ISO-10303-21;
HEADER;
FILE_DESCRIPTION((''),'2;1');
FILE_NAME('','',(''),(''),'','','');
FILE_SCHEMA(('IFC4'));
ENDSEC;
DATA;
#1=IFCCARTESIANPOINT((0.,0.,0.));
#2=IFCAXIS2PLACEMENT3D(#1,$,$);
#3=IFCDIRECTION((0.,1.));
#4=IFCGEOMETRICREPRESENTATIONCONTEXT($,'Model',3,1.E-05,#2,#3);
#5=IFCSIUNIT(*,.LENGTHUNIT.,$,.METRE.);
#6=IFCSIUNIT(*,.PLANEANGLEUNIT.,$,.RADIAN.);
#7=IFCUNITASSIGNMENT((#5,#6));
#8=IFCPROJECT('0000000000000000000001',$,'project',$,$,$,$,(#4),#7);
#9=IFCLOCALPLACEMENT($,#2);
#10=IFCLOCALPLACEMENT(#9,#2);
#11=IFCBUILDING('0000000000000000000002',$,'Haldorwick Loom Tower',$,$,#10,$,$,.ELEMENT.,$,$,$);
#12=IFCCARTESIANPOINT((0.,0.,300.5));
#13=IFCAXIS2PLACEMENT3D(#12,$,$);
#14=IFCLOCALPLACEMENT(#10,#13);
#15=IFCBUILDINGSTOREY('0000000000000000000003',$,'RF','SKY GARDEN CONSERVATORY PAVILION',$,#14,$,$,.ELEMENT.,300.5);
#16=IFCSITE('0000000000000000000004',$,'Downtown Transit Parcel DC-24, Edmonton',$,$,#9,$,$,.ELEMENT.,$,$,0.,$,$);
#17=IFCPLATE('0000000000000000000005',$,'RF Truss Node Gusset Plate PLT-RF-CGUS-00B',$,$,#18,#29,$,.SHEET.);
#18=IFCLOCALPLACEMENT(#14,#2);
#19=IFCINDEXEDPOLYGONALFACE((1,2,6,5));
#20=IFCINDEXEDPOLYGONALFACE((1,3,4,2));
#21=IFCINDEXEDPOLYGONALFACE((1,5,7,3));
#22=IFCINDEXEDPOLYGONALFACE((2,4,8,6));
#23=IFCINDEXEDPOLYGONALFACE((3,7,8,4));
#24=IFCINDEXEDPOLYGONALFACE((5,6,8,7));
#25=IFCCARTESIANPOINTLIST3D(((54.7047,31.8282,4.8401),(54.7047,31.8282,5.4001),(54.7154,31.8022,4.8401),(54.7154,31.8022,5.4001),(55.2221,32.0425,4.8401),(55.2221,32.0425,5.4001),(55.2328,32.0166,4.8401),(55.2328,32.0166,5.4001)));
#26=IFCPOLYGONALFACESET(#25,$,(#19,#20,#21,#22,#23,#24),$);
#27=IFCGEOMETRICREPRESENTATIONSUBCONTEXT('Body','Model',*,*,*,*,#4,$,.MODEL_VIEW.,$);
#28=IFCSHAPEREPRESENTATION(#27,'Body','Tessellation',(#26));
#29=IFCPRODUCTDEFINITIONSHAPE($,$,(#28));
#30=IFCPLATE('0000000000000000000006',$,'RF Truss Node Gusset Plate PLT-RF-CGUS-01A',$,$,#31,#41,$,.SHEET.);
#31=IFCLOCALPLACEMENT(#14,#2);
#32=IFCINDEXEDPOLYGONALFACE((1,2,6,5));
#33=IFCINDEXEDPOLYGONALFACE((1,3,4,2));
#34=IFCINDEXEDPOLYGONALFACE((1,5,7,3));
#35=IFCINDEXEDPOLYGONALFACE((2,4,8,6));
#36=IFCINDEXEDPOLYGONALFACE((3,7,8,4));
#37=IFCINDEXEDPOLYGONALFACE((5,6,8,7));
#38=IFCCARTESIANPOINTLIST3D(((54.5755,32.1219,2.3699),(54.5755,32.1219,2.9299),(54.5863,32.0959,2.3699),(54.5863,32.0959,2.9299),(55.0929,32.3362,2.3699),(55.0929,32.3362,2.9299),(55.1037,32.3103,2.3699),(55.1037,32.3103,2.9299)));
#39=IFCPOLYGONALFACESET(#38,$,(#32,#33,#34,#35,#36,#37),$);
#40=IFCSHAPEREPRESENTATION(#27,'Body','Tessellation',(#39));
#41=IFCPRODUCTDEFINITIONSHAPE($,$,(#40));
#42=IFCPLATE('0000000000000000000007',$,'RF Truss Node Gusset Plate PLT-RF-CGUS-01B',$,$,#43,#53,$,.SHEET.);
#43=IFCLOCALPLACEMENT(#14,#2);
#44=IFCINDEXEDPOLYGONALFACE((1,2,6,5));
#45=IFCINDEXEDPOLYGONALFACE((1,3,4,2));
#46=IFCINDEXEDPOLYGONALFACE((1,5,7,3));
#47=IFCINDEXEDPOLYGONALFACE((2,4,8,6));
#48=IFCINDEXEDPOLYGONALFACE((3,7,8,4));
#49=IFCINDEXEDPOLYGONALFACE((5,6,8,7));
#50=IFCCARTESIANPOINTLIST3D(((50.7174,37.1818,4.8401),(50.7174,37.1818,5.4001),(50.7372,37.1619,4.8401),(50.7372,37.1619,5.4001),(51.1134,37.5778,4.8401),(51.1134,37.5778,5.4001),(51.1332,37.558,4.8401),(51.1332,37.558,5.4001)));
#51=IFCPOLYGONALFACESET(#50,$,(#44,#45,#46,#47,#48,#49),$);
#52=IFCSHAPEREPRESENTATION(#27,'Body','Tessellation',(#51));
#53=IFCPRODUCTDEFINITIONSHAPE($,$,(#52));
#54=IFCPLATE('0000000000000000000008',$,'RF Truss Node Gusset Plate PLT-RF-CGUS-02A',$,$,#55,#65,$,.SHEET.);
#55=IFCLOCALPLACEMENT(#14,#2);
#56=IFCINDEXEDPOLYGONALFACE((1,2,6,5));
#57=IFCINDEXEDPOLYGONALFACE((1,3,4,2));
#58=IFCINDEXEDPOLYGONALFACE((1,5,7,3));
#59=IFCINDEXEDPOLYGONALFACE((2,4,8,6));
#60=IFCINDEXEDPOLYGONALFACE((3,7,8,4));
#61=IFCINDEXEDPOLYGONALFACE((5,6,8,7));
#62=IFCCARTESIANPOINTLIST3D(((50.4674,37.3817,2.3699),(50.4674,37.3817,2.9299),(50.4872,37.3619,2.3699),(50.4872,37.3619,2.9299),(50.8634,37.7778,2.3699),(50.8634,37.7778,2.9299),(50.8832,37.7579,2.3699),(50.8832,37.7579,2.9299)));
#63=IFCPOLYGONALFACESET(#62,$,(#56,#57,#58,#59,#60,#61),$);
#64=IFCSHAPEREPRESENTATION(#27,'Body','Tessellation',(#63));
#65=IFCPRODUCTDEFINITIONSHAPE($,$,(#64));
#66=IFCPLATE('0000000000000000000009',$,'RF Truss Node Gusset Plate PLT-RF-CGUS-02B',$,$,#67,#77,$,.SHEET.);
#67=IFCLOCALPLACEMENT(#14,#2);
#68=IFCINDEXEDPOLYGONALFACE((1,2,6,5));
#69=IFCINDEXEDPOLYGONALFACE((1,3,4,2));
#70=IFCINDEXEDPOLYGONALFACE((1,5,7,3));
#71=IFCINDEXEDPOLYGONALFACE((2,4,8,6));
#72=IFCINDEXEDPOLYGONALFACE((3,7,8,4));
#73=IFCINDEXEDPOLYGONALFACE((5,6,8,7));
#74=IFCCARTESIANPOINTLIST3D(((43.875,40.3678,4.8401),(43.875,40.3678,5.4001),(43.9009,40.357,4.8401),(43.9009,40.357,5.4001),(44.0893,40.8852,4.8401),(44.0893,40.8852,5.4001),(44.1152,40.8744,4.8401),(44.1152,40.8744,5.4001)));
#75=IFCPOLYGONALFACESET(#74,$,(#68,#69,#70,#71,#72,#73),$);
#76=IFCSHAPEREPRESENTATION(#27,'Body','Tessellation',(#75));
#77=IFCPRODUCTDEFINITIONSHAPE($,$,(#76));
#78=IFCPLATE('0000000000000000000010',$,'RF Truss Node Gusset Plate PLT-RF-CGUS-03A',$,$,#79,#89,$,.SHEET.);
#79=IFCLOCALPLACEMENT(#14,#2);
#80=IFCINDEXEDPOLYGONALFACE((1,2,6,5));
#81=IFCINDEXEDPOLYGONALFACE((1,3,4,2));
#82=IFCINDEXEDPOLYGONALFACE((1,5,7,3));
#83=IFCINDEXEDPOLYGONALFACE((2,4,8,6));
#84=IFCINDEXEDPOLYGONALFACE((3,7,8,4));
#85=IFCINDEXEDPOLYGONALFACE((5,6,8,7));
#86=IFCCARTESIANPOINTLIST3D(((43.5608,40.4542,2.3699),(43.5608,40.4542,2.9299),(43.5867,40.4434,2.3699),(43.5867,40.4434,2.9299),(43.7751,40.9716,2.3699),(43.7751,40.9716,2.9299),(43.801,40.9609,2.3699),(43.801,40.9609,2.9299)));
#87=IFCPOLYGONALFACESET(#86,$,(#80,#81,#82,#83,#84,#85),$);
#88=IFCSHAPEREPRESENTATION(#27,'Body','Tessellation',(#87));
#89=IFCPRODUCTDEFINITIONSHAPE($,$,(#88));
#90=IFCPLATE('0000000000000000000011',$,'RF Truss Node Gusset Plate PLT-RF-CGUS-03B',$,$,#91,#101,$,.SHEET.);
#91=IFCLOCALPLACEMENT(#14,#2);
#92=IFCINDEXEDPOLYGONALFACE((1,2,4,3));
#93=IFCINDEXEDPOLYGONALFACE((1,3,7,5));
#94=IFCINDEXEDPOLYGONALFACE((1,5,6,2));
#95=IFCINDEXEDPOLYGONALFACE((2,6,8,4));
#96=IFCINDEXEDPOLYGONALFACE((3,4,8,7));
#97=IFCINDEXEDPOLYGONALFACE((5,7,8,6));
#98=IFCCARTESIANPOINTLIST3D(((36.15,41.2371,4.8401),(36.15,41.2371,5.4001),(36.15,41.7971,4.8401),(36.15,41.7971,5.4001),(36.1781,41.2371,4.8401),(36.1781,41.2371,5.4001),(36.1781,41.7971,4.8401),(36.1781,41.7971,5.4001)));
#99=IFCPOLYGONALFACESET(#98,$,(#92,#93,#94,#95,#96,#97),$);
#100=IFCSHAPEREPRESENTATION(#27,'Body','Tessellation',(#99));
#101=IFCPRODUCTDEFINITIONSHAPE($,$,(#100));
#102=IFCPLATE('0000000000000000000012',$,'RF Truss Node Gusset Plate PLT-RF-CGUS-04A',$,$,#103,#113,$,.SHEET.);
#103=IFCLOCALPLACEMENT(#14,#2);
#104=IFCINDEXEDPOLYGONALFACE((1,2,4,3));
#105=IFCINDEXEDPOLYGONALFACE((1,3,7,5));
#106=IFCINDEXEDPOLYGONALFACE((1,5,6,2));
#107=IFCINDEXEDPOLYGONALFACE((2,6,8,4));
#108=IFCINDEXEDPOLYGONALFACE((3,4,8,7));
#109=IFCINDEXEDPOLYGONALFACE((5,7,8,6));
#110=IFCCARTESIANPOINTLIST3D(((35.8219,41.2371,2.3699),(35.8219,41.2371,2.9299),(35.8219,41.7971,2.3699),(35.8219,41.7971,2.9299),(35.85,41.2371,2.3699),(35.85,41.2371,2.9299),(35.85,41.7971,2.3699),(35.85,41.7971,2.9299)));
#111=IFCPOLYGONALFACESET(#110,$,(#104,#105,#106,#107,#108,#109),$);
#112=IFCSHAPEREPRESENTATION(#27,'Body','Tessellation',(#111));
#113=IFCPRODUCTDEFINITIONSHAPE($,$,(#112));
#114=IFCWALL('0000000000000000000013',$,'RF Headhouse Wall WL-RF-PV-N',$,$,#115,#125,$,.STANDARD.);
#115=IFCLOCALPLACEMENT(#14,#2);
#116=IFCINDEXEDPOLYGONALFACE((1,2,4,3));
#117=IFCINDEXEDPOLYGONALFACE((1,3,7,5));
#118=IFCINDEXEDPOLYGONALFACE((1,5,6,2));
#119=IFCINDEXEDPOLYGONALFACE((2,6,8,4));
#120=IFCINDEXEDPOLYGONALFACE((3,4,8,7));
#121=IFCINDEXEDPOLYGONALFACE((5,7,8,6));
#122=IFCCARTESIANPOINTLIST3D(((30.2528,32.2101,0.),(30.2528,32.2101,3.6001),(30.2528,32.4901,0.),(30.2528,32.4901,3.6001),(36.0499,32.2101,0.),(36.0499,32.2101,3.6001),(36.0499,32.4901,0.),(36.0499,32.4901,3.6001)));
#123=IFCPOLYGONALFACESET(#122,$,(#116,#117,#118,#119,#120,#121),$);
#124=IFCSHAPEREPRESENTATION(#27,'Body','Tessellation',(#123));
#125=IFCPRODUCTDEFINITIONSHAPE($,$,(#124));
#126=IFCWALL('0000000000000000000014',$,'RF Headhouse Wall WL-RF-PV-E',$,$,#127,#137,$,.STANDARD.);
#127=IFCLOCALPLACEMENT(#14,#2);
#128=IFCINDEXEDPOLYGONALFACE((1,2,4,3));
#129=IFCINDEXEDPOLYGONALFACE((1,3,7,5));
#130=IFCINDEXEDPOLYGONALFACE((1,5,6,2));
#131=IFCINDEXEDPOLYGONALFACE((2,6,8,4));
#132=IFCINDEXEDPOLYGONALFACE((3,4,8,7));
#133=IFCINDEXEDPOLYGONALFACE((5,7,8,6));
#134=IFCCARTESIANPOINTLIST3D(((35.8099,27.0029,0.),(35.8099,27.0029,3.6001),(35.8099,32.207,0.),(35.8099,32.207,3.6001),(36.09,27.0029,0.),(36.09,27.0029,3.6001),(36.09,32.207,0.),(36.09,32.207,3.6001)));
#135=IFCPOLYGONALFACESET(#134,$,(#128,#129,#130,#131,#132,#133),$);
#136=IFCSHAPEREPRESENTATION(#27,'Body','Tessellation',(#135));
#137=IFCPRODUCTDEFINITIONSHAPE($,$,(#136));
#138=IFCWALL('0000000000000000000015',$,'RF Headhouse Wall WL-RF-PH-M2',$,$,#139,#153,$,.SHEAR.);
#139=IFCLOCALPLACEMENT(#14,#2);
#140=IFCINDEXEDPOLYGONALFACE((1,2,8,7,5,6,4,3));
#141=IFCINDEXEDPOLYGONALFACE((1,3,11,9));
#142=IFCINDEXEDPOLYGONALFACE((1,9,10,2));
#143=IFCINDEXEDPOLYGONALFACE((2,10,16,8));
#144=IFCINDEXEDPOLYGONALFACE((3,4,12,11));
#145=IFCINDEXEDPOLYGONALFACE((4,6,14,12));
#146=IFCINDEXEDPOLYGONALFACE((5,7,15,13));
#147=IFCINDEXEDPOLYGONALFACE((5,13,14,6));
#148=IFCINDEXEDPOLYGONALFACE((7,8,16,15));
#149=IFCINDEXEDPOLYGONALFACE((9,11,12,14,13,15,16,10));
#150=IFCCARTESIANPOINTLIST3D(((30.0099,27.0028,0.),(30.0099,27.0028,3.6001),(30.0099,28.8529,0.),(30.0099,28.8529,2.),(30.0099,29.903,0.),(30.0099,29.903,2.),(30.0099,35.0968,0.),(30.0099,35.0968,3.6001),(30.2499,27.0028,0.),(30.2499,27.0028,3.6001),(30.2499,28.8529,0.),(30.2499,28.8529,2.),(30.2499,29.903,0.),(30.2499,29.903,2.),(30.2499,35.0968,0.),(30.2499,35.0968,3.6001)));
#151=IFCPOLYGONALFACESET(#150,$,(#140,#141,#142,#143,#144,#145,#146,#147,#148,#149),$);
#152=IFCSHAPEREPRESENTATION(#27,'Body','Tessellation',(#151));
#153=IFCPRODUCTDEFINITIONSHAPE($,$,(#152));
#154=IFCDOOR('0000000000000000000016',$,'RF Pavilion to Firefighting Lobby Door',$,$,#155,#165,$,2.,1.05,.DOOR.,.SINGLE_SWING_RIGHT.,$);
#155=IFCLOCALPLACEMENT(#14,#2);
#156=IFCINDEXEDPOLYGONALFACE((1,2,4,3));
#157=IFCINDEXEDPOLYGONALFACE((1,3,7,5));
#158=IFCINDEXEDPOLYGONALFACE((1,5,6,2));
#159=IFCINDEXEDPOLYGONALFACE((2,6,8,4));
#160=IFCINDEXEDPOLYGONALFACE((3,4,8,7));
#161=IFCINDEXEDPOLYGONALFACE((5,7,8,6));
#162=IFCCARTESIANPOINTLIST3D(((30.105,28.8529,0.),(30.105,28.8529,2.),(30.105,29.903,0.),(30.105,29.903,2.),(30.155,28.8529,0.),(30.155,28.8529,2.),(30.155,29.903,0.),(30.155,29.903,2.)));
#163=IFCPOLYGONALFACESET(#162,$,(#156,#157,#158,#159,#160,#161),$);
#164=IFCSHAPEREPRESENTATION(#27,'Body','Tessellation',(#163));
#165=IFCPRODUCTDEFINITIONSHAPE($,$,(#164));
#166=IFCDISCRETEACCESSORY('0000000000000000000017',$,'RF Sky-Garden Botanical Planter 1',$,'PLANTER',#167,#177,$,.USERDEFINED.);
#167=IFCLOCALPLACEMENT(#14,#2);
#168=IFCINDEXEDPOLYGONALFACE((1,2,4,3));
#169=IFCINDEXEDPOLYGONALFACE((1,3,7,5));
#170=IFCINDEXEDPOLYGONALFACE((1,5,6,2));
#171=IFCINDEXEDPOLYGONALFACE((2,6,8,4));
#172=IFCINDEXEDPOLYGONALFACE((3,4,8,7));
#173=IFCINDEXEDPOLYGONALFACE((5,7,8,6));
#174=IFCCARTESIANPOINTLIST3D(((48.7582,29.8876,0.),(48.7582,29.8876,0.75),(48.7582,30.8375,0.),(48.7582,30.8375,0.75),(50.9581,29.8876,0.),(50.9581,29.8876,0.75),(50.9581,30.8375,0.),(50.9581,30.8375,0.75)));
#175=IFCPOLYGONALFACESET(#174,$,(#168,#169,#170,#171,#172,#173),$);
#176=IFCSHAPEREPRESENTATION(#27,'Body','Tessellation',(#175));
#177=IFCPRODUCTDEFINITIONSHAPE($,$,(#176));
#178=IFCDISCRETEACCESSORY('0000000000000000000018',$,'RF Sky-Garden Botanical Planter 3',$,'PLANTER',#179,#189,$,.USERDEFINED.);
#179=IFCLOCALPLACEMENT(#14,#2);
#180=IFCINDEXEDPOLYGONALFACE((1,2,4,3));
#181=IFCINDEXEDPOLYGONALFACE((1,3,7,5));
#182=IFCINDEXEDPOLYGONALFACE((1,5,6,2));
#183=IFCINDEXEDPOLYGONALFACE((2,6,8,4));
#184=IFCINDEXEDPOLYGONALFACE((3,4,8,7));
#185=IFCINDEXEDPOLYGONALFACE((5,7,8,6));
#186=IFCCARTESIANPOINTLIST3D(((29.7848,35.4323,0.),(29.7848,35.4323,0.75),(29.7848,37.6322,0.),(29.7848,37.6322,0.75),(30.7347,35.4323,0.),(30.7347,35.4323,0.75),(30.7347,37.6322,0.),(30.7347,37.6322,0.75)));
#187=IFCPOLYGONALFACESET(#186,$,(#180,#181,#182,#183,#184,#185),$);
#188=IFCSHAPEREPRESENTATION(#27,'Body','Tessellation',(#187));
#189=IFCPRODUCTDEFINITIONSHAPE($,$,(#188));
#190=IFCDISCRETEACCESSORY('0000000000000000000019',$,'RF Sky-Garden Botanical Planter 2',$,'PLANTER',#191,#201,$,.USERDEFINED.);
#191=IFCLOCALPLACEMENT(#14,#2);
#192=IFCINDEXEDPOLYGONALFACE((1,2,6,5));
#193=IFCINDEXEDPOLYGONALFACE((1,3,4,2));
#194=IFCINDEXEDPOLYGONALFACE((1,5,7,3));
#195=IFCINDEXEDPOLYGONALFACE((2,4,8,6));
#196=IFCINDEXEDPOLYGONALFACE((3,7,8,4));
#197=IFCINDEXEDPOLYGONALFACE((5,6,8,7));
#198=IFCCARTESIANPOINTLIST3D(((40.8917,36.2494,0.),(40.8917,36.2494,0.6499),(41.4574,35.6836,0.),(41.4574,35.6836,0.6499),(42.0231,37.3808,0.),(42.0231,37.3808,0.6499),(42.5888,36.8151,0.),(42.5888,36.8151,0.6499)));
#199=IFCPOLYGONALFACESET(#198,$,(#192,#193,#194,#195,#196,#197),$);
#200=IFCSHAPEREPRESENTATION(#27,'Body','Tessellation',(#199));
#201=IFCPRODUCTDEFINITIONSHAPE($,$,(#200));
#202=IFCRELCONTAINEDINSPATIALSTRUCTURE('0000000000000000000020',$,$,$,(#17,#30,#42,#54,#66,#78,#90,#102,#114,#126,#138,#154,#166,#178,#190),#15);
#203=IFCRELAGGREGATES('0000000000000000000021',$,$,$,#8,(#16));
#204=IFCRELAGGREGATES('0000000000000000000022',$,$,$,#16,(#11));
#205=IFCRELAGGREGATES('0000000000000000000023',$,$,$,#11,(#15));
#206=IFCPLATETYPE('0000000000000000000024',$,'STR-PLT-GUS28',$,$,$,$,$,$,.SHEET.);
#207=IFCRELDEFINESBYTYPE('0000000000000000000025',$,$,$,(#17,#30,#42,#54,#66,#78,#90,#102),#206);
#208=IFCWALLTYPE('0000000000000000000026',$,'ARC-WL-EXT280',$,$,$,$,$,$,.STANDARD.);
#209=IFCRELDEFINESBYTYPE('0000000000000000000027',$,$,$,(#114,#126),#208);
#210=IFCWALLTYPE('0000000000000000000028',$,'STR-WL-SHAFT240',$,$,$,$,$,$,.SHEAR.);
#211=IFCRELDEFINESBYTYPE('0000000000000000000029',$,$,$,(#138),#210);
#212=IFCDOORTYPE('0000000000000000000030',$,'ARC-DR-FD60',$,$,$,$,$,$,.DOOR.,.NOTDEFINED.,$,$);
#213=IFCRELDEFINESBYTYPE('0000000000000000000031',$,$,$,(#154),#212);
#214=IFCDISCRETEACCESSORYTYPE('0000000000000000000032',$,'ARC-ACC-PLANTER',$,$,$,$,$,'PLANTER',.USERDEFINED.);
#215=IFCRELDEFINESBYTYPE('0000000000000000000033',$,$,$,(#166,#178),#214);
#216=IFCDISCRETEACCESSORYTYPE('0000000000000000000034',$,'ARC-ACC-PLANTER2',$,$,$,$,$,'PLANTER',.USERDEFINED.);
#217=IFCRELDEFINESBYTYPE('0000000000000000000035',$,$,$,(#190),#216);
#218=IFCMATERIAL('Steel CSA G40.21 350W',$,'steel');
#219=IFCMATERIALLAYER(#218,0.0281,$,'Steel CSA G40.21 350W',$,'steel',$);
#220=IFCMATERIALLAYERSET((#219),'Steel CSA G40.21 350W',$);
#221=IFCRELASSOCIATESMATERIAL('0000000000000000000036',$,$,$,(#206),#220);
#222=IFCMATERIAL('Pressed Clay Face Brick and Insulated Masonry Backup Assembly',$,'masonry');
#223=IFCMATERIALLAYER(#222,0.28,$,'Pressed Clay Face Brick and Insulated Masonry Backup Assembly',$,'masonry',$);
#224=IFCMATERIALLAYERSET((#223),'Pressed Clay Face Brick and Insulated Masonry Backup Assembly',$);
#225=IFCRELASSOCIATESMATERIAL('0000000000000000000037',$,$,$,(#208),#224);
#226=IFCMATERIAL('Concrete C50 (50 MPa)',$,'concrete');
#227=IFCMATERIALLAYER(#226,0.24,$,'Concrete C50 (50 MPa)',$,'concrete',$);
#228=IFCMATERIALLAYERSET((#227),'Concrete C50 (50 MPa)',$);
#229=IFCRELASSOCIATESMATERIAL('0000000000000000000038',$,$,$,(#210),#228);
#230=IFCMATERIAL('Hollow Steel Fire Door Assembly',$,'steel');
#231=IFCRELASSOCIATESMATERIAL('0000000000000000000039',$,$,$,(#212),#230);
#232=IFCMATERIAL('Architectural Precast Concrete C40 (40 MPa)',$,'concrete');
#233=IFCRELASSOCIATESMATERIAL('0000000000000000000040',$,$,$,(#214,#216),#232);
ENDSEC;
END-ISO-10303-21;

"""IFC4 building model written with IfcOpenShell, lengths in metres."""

from ifc_helpers import new_model, si_unit, direction, frame, frame_2d, origin, origin_2d, place, context, subcontext, project, spatial, rectangle, extrude, material, layer, layer_set, type_object, element, fill, save


model = new_model("IFC4")

# Units and contexts
model_context = context("Model", 3, precision=1e-05, world=origin(), true_north=direction((0.0, 1.0)))
body_context = subcontext(model_context, "Body", "Model", "MODEL_VIEW")
ifc_project = project(units=[si_unit("LENGTHUNIT", "METRE"), si_unit("PLANEANGLEUNIT", "RADIAN")], contexts=[model_context])

# Site, building, storey
site_placement = place(None, origin())
site = spatial("IfcSite", under=ifc_project, at=site_placement, Name="Downtown Transit Parcel DC-24, Edmonton", CompositionType="ELEMENT", RefElevation=0.0)
building_placement = place(site_placement, origin())
building = spatial("IfcBuilding", under=site, at=building_placement, Name="Haldorwick Loom Tower", CompositionType="ELEMENT")
storey_placement = place(building_placement, frame((0.0, 0.0, 300.5)))
storey = spatial("IfcBuildingStorey", under=building, at=storey_placement, Name="RF", Description="SKY GARDEN CONSERVATORY PAVILION", CompositionType="ELEMENT", Elevation=300.5)

# Shared definitions
ifc_material_1 = material(Name="Steel CSA G40.21 350W", Category="steel")

# Plates
ifc_layer_1 = layer(ifc_material_1, 0.0281, Name="Steel CSA G40.21 350W", Category="steel")
ifc_layer_set_1 = layer_set([ifc_layer_1], Name="Steel CSA G40.21 350W")
plate_type = type_object("IfcPlateType", Name="STR-PLT-GUS28", PredefinedType="SHEET", material=ifc_layer_set_1)
for number, where, z_axis, x_axis, name in (
    (1, (54.9688, 31.9224, 4.8401), (0.0, 0.0, 1.0), (0.92388, 0.382683, 0.0), "RF Truss Node Gusset Plate PLT-RF-CGUS-00B"),
    (2, (54.8396, 32.2161, 2.3699), (0.0, 0.0, 1.0), (0.92388, 0.382683, 0.0), "RF Truss Node Gusset Plate PLT-RF-CGUS-01A"),
    (3, (50.9253, 37.3699, 4.8401), (0.0, 0.0, 1.0), (0.707107, 0.707107, 0.0), "RF Truss Node Gusset Plate PLT-RF-CGUS-01B"),
    (4, (50.6753, 37.5698, 2.3699), (0.0, 0.0, 1.0), (0.707107, 0.707107, 0.0), "RF Truss Node Gusset Plate PLT-RF-CGUS-02A"),
    (5, (43.9951, 40.6211, 4.8401), (0.0, 0.0, 1.0), (0.382683, 0.92388, 0.0), "RF Truss Node Gusset Plate PLT-RF-CGUS-02B"),
    (6, (43.6809, 40.7075, 2.3699), (0.0, 0.0, 1.0), (0.382683, 0.92388, 0.0), "RF Truss Node Gusset Plate PLT-RF-CGUS-03A"),
    (7, (36.1641, 41.5171, 4.8401), (0.0, 0.0, 1.0), (0.0, 1.0, 0.0), "RF Truss Node Gusset Plate PLT-RF-CGUS-03B"),
    (8, (35.8359, 41.5171, 2.3699), (0.0, 0.0, 1.0), (0.0, 1.0, 0.0), "RF Truss Node Gusset Plate PLT-RF-CGUS-04A"),
):
    element("IfcPlate", number, at=place(storey_placement, frame(where, z_axis=z_axis, x_axis=x_axis)), inside=storey, type_object=plate_type, Name=name, PredefinedType="SHEET", context=body_context, shape_type="SweptSolid", body=[
        extrude(rectangle(XDim=0.5601, YDim=0.0281, at=origin_2d()), origin(), (0.0, 0.0, 1.0), 0.5601),
    ])

# Walls
ifc_material_2 = material(Name="Pressed Clay Face Brick and Insulated Masonry Backup Assembly", Category="masonry")
ifc_layer_2 = layer(ifc_material_2, 0.28, Name="Pressed Clay Face Brick and Insulated Masonry Backup Assembly", Category="masonry")
ifc_layer_set_2 = layer_set([ifc_layer_2], Name="Pressed Clay Face Brick and Insulated Masonry Backup Assembly")
wall_type_1 = type_object("IfcWallType", Name="ARC-WL-EXT280", PredefinedType="STANDARD", material=ifc_layer_set_2)
wall_1_placement = place(storey_placement, frame((30.2529, 32.3501, 0.0), z_axis=(0.0, 0.0, 1.0), x_axis=(1.0, 0.0, 0.0)))
element("IfcWall", 9, at=wall_1_placement, inside=storey, type_object=wall_type_1, Name="RF Headhouse Wall WL-RF-PV-N", PredefinedType="STANDARD", context=body_context, shape_type="SweptSolid", body=[
    extrude(rectangle(XDim=5.7971, YDim=0.28, at=frame_2d((2.8984, 0.0))), origin(), (0.0, 0.0, 1.0), 3.6001),
])
wall_2_placement = place(storey_placement, frame((35.95, 27.0029, 0.0), z_axis=(0.0, 0.0, 1.0), x_axis=(0.0, 1.0, 0.0)))
element("IfcWall", 10, at=wall_2_placement, inside=storey, type_object=wall_type_1, Name="RF Headhouse Wall WL-RF-PV-E", PredefinedType="STANDARD", context=body_context, shape_type="SweptSolid", body=[
    extrude(rectangle(XDim=5.2041, YDim=0.28, at=frame_2d((2.6021, 0.0))), origin(), (0.0, 0.0, 1.0), 3.6001),
])

# Wall, opening, door
ifc_material_3 = material(Name="Concrete C50 (50 MPa)", Category="concrete")
ifc_layer_3 = layer(ifc_material_3, 0.24, Name="Concrete C50 (50 MPa)", Category="concrete")
ifc_layer_set_3 = layer_set([ifc_layer_3], Name="Concrete C50 (50 MPa)")
wall_type_2 = type_object("IfcWallType", Name="STR-WL-SHAFT240", PredefinedType="SHEAR", material=ifc_layer_set_3)
wall_3_placement = place(storey_placement, frame((30.1299, 27.0029, 0.0), z_axis=(0.0, 0.0, 1.0), x_axis=(0.0, 1.0, 0.0)))
wall_3 = element("IfcWall", 11, at=wall_3_placement, inside=storey, type_object=wall_type_2, Name="RF Headhouse Wall WL-RF-PH-M2", PredefinedType="SHEAR", context=body_context, shape_type="SweptSolid", body=[
    extrude(rectangle(XDim=8.094, YDim=0.24, at=frame_2d((4.0469, 0.0))), origin(), (0.0, 0.0, 1.0), 3.6001),
])
opening_placement = place(wall_3_placement, frame((1.8501, 0.0, 0.0)))
opening = element("IfcOpeningElement", 12, at=opening_placement, cuts=wall_3, PredefinedType="OPENING", context=body_context, shape_type="SweptSolid", body=[
    extrude(rectangle(XDim=1.05, YDim=2.0, at=frame_2d((0.5249, 1.0))), frame((0.0, 0.1299, 0.0), z_axis=(0.0, -1.0, 0.0), x_axis=(1.0, 0.0, 0.0)), (0.0, 0.0, 1.0), 0.26),
])
ifc_material_4 = material(Name="Hollow Steel Fire Door Assembly", Category="steel")
door_type = type_object("IfcDoorType", Name="ARC-DR-FD60", OperationType="NOTDEFINED", PredefinedType="DOOR", material=ifc_material_4)
door_placement = place(opening_placement, origin())
door = element("IfcDoor", 13, at=door_placement, inside=storey, type_object=door_type, Name="RF Pavilion to Firefighting Lobby Door", OperationType="SINGLE_SWING_RIGHT", OverallHeight=2.0, OverallWidth=1.05, PredefinedType="DOOR", context=body_context, shape_type="SweptSolid", body=[
    extrude(rectangle(XDim=1.05, YDim=2.0, at=frame_2d((0.5249, 1.0))), frame((0.0, 0.0249, 0.0), z_axis=(0.0, -1.0, 0.0), x_axis=(1.0, 0.0, 0.0)), (0.0, 0.0, 1.0), 0.05),
])
fill(opening, door)

# Discrete accessories
ifc_material_5 = material(Name="Architectural Precast Concrete C40 (40 MPa)", Category="concrete")
discrete_accessory_type_1 = type_object("IfcDiscreteAccessoryType", Name="ARC-ACC-PLANTER", ElementType="PLANTER", PredefinedType="USERDEFINED", material=ifc_material_5)
for number, where, z_axis, x_axis, name in (
    (14, (49.8582, 30.3625, 0.0), (0.0, 0.0, 1.0), (1.0, 0.0, 0.0), "RF Sky-Garden Botanical Planter 1"),
    (15, (30.2598, 36.5322, 0.0), (0.0, 0.0, 1.0), (0.0, 1.0, 0.0), "RF Sky-Garden Botanical Planter 3"),
):
    element("IfcDiscreteAccessory", number, at=place(storey_placement, frame(where, z_axis=z_axis, x_axis=x_axis)), inside=storey, type_object=discrete_accessory_type_1, Name=name, ObjectType="PLANTER", PredefinedType="USERDEFINED", context=body_context, shape_type="SweptSolid", body=[
        extrude(rectangle(XDim=2.2, YDim=0.95, at=origin_2d()), origin(), (0.0, 0.0, 1.0), 0.75),
    ])
discrete_accessory_type_2 = type_object("IfcDiscreteAccessoryType", Name="ARC-ACC-PLANTER2", ElementType="PLANTER", PredefinedType="USERDEFINED", material=ifc_material_5)
discrete_accessory_placement = place(storey_placement, frame((41.7402, 36.5322, 0.0), z_axis=(0.0, 0.0, 1.0), x_axis=(0.707107, 0.707107, 0.0)))
element("IfcDiscreteAccessory", 16, at=discrete_accessory_placement, inside=storey, type_object=discrete_accessory_type_2, Name="RF Sky-Garden Botanical Planter 2", ObjectType="PLANTER", PredefinedType="USERDEFINED", context=body_context, shape_type="SweptSolid", body=[
    extrude(rectangle(XDim=1.6001, YDim=0.8, at=origin_2d()), origin(), (0.0, 0.0, 1.0), 0.6499),
])

save(model, "model.ifc")
